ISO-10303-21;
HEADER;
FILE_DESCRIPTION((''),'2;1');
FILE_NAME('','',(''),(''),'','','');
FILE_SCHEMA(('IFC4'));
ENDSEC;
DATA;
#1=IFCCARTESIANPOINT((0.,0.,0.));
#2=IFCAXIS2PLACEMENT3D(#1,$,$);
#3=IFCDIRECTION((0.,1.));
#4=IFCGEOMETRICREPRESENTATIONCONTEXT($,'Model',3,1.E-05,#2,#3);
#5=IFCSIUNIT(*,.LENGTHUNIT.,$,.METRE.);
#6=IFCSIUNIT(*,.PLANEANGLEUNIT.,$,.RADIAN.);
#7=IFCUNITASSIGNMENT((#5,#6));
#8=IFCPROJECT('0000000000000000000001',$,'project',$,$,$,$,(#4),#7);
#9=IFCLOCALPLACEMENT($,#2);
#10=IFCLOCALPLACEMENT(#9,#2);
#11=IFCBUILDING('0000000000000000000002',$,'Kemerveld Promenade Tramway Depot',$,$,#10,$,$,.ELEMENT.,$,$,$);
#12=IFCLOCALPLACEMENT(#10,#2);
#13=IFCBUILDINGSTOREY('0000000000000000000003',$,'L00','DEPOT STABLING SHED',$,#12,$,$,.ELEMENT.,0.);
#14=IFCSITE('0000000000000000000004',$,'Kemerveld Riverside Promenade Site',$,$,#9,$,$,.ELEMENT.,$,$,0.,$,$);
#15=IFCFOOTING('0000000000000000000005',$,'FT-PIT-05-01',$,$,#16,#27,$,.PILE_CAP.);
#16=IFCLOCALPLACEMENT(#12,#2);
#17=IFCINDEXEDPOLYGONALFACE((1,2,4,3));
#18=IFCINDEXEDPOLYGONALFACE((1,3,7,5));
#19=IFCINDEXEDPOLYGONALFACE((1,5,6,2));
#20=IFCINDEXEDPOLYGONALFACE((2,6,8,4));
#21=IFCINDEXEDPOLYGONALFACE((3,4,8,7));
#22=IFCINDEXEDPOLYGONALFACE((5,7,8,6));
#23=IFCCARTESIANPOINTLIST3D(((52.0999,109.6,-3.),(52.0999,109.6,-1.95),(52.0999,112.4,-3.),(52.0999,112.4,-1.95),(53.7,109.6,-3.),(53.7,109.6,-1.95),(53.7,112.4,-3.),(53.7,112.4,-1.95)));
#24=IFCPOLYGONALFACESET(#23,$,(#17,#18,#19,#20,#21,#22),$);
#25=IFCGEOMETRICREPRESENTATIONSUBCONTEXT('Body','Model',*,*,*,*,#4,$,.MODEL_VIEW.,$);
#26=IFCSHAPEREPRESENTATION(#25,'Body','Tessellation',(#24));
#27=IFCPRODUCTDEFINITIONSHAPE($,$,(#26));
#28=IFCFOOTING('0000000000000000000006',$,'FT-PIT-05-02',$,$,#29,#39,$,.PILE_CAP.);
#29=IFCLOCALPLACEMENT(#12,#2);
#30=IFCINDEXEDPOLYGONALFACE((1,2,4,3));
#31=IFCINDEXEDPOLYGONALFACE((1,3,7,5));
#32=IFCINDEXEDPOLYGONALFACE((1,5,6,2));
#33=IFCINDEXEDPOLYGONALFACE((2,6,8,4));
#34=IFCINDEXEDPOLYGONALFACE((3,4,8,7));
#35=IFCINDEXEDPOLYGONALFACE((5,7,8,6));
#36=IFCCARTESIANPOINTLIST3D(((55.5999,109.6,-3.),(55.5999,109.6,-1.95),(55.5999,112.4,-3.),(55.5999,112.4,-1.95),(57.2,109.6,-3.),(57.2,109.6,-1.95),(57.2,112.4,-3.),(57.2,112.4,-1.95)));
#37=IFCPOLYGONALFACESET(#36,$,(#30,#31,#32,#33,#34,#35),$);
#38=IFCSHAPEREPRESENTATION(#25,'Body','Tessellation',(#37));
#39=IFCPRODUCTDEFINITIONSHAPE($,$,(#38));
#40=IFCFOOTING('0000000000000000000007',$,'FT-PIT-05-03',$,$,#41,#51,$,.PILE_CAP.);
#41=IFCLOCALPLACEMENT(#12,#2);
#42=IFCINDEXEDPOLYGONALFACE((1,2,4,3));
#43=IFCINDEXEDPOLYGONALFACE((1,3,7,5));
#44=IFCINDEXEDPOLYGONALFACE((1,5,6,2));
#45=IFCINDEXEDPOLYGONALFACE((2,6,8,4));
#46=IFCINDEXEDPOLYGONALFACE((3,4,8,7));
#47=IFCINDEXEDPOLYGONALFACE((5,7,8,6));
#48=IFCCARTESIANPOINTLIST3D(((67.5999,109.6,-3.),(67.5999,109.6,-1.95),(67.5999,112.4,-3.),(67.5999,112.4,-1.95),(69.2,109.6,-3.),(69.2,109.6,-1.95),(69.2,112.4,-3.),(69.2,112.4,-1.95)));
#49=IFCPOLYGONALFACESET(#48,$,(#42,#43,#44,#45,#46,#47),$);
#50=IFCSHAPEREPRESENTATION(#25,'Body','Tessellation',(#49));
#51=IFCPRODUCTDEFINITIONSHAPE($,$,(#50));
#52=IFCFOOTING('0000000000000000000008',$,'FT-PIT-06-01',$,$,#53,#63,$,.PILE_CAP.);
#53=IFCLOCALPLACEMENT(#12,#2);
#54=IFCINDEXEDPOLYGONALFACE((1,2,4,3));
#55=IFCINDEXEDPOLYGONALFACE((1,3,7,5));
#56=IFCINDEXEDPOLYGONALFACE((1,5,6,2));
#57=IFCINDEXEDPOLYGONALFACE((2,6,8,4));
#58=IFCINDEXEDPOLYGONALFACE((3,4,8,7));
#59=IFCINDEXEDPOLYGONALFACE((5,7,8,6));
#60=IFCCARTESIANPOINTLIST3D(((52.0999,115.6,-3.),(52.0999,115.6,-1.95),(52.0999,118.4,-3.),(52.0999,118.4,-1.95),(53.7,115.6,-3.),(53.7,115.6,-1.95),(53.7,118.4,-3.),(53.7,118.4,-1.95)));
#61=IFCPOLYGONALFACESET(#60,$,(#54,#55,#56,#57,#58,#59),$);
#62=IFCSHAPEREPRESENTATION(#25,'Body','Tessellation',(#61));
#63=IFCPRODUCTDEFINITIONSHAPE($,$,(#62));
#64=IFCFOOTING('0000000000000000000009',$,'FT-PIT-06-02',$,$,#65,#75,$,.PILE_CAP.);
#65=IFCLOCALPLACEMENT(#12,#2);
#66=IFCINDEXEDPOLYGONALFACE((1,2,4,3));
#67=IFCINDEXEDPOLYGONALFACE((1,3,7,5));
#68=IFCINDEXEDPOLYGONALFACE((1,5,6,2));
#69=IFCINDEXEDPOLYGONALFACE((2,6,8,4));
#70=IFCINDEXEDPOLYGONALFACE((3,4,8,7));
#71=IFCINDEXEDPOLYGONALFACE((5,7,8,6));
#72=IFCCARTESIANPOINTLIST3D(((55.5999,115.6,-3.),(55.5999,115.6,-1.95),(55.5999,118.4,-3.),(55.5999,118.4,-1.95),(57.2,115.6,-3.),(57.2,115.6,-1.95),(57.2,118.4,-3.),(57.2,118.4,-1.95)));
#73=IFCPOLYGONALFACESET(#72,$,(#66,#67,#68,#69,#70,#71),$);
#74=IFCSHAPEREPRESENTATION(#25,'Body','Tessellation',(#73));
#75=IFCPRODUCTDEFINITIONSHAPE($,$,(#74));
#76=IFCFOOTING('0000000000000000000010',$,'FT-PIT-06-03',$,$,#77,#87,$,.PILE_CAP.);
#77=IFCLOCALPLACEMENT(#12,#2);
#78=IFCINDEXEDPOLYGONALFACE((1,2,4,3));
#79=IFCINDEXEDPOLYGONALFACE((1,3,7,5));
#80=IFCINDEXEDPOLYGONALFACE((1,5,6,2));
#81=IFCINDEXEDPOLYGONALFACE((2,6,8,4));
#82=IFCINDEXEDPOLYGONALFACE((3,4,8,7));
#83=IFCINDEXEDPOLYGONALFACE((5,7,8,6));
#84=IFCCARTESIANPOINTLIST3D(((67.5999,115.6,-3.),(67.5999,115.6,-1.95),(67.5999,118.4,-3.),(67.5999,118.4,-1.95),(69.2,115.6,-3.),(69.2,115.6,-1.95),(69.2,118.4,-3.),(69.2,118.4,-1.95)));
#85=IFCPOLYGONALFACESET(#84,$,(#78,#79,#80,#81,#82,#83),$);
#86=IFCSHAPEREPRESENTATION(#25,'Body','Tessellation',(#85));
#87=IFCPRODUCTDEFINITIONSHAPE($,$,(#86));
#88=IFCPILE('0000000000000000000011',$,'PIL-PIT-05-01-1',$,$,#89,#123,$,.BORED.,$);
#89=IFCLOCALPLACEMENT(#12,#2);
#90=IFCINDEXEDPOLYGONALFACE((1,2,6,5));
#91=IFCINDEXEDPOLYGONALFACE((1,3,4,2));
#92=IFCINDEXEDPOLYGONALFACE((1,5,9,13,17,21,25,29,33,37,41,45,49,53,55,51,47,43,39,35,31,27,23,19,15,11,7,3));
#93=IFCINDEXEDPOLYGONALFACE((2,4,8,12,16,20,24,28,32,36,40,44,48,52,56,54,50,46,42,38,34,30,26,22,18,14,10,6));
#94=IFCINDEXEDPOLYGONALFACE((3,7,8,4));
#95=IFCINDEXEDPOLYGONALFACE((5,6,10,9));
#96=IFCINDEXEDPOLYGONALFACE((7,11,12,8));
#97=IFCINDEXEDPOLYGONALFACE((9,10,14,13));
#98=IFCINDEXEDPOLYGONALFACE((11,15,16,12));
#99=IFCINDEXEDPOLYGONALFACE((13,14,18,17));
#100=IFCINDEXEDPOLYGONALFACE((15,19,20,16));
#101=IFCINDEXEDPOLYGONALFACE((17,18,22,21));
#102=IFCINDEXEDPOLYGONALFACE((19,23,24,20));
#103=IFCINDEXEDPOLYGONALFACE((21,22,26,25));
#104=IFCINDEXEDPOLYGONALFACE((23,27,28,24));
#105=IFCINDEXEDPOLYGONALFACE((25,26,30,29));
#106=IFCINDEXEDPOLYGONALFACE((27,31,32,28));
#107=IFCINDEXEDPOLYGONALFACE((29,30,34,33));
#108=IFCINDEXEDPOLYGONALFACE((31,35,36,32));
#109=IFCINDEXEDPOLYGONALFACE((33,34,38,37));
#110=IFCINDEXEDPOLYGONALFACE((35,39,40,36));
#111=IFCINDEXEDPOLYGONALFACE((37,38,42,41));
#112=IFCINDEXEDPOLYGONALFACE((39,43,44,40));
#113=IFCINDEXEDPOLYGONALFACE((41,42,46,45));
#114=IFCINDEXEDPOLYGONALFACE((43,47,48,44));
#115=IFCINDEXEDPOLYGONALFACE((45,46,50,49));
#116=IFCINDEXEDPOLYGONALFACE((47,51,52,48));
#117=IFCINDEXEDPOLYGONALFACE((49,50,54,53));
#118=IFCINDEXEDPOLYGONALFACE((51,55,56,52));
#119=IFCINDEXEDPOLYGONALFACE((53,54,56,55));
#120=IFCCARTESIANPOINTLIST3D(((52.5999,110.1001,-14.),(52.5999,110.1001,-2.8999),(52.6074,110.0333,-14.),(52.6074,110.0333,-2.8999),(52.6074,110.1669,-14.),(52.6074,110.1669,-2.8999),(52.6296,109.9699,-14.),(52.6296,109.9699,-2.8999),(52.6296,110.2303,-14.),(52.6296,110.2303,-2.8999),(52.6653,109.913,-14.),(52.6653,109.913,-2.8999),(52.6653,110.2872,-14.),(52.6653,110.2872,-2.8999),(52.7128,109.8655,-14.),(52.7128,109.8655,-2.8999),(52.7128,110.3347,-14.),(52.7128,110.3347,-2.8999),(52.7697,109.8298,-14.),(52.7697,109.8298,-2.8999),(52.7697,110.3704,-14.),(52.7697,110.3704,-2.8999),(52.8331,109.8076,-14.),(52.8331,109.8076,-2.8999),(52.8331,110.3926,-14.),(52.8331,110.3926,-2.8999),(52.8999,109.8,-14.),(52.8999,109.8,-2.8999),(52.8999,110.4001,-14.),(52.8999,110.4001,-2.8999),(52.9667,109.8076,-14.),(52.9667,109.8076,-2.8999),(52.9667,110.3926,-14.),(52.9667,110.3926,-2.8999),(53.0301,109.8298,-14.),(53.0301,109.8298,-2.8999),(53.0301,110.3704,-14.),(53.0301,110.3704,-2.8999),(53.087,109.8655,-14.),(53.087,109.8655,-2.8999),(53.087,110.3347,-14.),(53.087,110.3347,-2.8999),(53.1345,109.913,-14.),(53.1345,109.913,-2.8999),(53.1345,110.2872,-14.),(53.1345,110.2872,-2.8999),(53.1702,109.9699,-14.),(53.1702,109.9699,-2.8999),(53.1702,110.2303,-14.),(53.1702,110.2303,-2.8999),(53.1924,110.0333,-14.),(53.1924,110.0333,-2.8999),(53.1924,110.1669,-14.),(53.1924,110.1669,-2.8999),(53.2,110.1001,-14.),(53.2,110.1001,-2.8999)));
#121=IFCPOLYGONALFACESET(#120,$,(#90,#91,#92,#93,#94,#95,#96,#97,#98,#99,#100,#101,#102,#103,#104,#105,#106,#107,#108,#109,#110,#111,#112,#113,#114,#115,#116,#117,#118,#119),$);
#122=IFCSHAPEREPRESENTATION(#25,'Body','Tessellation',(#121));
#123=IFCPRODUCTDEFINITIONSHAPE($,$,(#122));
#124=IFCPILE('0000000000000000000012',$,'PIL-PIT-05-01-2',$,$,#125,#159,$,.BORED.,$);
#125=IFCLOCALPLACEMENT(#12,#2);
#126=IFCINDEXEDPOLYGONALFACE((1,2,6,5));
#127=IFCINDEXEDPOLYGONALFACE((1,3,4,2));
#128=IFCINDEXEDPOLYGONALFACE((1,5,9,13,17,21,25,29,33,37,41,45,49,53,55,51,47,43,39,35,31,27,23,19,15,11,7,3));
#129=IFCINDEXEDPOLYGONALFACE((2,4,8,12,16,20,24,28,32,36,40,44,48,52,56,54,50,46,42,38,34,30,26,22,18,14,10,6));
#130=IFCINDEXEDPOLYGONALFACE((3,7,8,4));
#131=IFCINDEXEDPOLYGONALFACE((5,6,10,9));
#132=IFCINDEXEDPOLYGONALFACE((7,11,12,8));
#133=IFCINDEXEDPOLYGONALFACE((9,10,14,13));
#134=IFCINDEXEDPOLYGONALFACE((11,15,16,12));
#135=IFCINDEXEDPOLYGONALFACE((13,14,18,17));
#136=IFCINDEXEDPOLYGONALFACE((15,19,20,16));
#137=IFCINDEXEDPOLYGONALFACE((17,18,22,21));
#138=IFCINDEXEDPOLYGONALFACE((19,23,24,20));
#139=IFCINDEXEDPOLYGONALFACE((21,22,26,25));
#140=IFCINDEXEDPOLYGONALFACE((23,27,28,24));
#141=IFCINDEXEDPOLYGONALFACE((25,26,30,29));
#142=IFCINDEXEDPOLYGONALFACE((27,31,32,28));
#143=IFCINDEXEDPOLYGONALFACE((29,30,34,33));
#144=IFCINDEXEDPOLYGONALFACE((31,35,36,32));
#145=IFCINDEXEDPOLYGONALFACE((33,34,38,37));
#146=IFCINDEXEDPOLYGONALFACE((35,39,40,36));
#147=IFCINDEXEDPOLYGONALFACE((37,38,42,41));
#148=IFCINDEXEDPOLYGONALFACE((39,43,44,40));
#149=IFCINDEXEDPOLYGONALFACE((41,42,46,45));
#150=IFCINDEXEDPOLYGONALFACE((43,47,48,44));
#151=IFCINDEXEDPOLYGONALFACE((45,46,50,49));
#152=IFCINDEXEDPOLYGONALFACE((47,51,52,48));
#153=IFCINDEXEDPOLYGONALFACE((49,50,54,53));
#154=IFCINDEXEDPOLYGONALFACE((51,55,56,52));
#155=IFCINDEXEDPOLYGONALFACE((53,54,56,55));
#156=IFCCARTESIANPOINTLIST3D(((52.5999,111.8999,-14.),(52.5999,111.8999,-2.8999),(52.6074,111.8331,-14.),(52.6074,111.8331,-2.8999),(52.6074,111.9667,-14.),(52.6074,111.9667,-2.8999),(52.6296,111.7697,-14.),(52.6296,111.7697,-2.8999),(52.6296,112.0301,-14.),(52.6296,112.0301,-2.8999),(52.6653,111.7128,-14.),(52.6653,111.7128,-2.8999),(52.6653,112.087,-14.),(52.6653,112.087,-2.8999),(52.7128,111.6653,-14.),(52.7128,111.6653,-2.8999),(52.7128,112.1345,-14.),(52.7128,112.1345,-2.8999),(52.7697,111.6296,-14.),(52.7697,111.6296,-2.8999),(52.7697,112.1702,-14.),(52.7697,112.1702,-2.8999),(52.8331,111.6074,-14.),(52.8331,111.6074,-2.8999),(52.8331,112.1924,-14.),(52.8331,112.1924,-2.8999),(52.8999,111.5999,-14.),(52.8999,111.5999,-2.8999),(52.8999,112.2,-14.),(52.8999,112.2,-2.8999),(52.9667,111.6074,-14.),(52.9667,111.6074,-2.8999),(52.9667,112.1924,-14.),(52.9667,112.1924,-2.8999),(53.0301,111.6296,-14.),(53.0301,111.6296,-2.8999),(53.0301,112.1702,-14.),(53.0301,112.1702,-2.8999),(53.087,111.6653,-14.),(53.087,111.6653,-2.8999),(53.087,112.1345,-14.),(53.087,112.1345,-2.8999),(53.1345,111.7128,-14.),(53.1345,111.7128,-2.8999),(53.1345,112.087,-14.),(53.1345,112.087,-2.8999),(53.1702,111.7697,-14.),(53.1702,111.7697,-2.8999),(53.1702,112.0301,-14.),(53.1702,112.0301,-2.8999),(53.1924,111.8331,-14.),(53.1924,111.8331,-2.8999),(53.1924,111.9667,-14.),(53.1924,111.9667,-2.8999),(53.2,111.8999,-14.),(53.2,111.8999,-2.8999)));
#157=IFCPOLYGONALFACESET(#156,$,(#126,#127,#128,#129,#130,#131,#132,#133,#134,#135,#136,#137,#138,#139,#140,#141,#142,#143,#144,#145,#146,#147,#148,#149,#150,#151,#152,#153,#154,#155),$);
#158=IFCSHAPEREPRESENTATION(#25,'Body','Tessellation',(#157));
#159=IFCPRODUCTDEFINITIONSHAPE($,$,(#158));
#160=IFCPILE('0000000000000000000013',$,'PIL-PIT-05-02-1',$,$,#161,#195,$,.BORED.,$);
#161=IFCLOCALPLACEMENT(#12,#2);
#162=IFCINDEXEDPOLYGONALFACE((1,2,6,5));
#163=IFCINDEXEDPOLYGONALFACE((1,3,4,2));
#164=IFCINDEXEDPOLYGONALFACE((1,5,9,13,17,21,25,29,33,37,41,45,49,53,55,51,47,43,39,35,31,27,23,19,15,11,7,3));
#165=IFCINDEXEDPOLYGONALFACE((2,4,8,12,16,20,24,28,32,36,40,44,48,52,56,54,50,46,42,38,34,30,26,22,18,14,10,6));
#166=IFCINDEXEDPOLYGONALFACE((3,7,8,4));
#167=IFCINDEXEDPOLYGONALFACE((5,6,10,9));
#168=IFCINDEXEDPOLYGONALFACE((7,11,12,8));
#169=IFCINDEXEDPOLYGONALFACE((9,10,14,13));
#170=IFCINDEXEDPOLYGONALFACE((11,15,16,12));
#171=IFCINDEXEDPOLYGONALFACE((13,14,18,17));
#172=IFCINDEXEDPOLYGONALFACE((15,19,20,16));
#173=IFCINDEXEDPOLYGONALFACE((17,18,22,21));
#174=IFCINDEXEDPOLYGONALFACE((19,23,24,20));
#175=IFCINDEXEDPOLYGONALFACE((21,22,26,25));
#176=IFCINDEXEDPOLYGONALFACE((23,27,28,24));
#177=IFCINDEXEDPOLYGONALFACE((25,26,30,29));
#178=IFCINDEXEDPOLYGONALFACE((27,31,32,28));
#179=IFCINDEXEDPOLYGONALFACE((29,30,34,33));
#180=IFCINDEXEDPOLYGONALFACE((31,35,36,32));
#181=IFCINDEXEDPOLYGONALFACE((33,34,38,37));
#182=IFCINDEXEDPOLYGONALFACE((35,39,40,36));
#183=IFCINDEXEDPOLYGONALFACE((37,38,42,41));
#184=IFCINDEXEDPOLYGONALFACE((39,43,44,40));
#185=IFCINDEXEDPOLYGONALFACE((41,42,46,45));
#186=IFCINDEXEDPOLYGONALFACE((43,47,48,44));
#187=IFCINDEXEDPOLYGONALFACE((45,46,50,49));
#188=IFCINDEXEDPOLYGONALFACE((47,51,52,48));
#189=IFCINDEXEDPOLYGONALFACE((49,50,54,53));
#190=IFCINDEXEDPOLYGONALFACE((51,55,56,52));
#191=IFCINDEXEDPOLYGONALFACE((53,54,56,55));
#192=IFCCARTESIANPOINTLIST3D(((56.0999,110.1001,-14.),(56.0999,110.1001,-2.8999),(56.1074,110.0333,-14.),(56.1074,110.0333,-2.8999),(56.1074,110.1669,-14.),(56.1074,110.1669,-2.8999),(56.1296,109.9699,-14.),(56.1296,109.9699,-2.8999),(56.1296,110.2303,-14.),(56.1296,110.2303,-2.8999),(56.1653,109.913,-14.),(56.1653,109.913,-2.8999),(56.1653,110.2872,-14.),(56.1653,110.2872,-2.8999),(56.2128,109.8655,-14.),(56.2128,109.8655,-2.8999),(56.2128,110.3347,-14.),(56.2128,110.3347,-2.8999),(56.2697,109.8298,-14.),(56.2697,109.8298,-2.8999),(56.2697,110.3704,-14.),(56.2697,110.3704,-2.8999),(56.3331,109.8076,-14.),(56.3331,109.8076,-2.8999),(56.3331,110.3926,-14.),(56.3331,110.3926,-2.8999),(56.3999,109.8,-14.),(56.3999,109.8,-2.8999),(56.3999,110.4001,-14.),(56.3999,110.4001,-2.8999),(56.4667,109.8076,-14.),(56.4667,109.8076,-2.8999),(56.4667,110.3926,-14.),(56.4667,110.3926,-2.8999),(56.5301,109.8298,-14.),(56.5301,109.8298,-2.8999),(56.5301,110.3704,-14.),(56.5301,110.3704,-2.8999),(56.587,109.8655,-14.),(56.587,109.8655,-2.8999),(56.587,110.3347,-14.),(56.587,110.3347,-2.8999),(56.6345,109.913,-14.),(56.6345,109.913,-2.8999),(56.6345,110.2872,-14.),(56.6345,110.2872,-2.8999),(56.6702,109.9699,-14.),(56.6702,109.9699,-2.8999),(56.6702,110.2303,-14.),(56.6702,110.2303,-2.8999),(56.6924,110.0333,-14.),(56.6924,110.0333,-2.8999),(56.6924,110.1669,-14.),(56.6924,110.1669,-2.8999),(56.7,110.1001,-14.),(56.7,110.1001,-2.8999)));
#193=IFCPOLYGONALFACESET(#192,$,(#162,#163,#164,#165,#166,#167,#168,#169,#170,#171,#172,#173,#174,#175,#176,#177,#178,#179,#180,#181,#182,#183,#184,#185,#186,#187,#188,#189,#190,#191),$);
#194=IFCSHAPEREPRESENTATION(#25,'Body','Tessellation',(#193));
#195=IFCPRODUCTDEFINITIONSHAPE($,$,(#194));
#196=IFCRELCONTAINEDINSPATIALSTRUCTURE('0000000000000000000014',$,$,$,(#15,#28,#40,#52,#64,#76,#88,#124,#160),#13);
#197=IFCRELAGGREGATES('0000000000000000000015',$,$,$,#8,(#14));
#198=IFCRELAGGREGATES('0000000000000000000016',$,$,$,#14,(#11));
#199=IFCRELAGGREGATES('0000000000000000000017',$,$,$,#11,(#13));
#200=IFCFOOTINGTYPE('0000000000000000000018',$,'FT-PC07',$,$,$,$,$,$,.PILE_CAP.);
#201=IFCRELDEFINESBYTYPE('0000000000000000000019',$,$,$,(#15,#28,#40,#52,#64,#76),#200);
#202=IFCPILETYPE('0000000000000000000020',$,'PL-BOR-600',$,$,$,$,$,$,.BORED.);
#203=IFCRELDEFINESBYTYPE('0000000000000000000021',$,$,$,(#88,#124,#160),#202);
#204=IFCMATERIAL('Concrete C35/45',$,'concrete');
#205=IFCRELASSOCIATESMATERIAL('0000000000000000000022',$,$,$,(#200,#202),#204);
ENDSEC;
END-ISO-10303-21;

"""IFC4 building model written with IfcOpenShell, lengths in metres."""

from ifc_helpers import new_model, si_unit, direction, frame, origin, origin_2d, place, context, subcontext, project, spatial, rectangle, circle, extrude, material, material_profile, profile_set, type_object, element, save


model = new_model("IFC4")

# Units and contexts
model_context = context("Model", 3, precision=1e-05, world=origin(), true_north=direction((0.0, 1.0)))
body_context = subcontext(model_context, "Body", "Model", "MODEL_VIEW")
ifc_project = project(units=[si_unit("LENGTHUNIT", "METRE"), si_unit("PLANEANGLEUNIT", "RADIAN")], contexts=[model_context])

# Site, building, storey
site_placement = place(None, origin())
site = spatial("IfcSite", under=ifc_project, at=site_placement, Name="Kemerveld Riverside Promenade Site", CompositionType="ELEMENT", RefElevation=0.0)
building_placement = place(site_placement, origin())
building = spatial("IfcBuilding", under=site, at=building_placement, Name="Kemerveld Promenade Tramway Depot", CompositionType="ELEMENT")
storey_placement = place(building_placement, origin())
storey = spatial("IfcBuildingStorey", under=building, at=storey_placement, Name="L00", Description="DEPOT STABLING SHED", CompositionType="ELEMENT", Elevation=0.0)

# Footings
ifc_material_1 = material(Name="Concrete C35/45", Category="concrete")
footing_type = type_object("IfcFootingType", Name="FT-PC07", PredefinedType="PILE_CAP", material=ifc_material_1)
for number, where, z_axis, x_axis, name in (
    (1, (52.8999, 111.0, -3.0), (0.0, 0.0, 1.0), (1.0, 0.0, 0.0), "FT-PIT-05-01"),
    (2, (56.3999, 111.0, -3.0), (0.0, 0.0, 1.0), (1.0, 0.0, 0.0), "FT-PIT-05-02"),
    (3, (68.3999, 111.0, -3.0), (0.0, 0.0, 1.0), (1.0, 0.0, 0.0), "FT-PIT-05-03"),
    (4, (52.8999, 117.0, -3.0), (0.0, 0.0, 1.0), (1.0, 0.0, 0.0), "FT-PIT-06-01"),
    (5, (56.3999, 117.0, -3.0), (0.0, 0.0, 1.0), (1.0, 0.0, 0.0), "FT-PIT-06-02"),
    (6, (68.3999, 117.0, -3.0), (0.0, 0.0, 1.0), (1.0, 0.0, 0.0), "FT-PIT-06-03"),
):
    element("IfcFooting", number, at=place(storey_placement, frame(where, z_axis=z_axis, x_axis=x_axis)), inside=storey, type_object=footing_type, Name=name, PredefinedType="PILE_CAP", context=body_context, shape_type="SweptSolid", body=[
        extrude(rectangle(XDim=1.6001, YDim=2.8, at=origin_2d()), origin(), (0.0, 0.0, 1.0), 1.05),
    ])

# Piles
ifc_material_profile_1 = material_profile(ifc_material_1, circle(Radius=0.3, at=origin_2d()), Name="PILE-D600")
ifc_profile_set_1 = profile_set([ifc_material_profile_1], Name="Concrete C35/45")
pile_type = type_object("IfcPileType", Name="PL-BOR-600", PredefinedType="BORED", material=ifc_profile_set_1)
for number, where, z_axis, x_axis, name in (
    (7, (52.8999, 110.1001, -2.8999), (0.0, 0.0, -1.0), (1.0, 0.0, 0.0), "PIL-PIT-05-01-1"),
    (8, (52.8999, 111.8999, -2.8999), (0.0, 0.0, -1.0), (1.0, 0.0, 0.0), "PIL-PIT-05-01-2"),
    (9, (56.3999, 110.1001, -2.8999), (0.0, 0.0, -1.0), (1.0, 0.0, 0.0), "PIL-PIT-05-02-1"),
):
    element("IfcPile", number, at=place(storey_placement, frame(where, z_axis=z_axis, x_axis=x_axis)), inside=storey, type_object=pile_type, Name=name, PredefinedType="BORED", context=body_context, shape_type="SweptSolid", body=[
        extrude(circle(Radius=0.3, at=origin_2d()), origin(), (0.0, 0.0, 1.0), 11.1001),
    ])

save(model, "model.ifc")
